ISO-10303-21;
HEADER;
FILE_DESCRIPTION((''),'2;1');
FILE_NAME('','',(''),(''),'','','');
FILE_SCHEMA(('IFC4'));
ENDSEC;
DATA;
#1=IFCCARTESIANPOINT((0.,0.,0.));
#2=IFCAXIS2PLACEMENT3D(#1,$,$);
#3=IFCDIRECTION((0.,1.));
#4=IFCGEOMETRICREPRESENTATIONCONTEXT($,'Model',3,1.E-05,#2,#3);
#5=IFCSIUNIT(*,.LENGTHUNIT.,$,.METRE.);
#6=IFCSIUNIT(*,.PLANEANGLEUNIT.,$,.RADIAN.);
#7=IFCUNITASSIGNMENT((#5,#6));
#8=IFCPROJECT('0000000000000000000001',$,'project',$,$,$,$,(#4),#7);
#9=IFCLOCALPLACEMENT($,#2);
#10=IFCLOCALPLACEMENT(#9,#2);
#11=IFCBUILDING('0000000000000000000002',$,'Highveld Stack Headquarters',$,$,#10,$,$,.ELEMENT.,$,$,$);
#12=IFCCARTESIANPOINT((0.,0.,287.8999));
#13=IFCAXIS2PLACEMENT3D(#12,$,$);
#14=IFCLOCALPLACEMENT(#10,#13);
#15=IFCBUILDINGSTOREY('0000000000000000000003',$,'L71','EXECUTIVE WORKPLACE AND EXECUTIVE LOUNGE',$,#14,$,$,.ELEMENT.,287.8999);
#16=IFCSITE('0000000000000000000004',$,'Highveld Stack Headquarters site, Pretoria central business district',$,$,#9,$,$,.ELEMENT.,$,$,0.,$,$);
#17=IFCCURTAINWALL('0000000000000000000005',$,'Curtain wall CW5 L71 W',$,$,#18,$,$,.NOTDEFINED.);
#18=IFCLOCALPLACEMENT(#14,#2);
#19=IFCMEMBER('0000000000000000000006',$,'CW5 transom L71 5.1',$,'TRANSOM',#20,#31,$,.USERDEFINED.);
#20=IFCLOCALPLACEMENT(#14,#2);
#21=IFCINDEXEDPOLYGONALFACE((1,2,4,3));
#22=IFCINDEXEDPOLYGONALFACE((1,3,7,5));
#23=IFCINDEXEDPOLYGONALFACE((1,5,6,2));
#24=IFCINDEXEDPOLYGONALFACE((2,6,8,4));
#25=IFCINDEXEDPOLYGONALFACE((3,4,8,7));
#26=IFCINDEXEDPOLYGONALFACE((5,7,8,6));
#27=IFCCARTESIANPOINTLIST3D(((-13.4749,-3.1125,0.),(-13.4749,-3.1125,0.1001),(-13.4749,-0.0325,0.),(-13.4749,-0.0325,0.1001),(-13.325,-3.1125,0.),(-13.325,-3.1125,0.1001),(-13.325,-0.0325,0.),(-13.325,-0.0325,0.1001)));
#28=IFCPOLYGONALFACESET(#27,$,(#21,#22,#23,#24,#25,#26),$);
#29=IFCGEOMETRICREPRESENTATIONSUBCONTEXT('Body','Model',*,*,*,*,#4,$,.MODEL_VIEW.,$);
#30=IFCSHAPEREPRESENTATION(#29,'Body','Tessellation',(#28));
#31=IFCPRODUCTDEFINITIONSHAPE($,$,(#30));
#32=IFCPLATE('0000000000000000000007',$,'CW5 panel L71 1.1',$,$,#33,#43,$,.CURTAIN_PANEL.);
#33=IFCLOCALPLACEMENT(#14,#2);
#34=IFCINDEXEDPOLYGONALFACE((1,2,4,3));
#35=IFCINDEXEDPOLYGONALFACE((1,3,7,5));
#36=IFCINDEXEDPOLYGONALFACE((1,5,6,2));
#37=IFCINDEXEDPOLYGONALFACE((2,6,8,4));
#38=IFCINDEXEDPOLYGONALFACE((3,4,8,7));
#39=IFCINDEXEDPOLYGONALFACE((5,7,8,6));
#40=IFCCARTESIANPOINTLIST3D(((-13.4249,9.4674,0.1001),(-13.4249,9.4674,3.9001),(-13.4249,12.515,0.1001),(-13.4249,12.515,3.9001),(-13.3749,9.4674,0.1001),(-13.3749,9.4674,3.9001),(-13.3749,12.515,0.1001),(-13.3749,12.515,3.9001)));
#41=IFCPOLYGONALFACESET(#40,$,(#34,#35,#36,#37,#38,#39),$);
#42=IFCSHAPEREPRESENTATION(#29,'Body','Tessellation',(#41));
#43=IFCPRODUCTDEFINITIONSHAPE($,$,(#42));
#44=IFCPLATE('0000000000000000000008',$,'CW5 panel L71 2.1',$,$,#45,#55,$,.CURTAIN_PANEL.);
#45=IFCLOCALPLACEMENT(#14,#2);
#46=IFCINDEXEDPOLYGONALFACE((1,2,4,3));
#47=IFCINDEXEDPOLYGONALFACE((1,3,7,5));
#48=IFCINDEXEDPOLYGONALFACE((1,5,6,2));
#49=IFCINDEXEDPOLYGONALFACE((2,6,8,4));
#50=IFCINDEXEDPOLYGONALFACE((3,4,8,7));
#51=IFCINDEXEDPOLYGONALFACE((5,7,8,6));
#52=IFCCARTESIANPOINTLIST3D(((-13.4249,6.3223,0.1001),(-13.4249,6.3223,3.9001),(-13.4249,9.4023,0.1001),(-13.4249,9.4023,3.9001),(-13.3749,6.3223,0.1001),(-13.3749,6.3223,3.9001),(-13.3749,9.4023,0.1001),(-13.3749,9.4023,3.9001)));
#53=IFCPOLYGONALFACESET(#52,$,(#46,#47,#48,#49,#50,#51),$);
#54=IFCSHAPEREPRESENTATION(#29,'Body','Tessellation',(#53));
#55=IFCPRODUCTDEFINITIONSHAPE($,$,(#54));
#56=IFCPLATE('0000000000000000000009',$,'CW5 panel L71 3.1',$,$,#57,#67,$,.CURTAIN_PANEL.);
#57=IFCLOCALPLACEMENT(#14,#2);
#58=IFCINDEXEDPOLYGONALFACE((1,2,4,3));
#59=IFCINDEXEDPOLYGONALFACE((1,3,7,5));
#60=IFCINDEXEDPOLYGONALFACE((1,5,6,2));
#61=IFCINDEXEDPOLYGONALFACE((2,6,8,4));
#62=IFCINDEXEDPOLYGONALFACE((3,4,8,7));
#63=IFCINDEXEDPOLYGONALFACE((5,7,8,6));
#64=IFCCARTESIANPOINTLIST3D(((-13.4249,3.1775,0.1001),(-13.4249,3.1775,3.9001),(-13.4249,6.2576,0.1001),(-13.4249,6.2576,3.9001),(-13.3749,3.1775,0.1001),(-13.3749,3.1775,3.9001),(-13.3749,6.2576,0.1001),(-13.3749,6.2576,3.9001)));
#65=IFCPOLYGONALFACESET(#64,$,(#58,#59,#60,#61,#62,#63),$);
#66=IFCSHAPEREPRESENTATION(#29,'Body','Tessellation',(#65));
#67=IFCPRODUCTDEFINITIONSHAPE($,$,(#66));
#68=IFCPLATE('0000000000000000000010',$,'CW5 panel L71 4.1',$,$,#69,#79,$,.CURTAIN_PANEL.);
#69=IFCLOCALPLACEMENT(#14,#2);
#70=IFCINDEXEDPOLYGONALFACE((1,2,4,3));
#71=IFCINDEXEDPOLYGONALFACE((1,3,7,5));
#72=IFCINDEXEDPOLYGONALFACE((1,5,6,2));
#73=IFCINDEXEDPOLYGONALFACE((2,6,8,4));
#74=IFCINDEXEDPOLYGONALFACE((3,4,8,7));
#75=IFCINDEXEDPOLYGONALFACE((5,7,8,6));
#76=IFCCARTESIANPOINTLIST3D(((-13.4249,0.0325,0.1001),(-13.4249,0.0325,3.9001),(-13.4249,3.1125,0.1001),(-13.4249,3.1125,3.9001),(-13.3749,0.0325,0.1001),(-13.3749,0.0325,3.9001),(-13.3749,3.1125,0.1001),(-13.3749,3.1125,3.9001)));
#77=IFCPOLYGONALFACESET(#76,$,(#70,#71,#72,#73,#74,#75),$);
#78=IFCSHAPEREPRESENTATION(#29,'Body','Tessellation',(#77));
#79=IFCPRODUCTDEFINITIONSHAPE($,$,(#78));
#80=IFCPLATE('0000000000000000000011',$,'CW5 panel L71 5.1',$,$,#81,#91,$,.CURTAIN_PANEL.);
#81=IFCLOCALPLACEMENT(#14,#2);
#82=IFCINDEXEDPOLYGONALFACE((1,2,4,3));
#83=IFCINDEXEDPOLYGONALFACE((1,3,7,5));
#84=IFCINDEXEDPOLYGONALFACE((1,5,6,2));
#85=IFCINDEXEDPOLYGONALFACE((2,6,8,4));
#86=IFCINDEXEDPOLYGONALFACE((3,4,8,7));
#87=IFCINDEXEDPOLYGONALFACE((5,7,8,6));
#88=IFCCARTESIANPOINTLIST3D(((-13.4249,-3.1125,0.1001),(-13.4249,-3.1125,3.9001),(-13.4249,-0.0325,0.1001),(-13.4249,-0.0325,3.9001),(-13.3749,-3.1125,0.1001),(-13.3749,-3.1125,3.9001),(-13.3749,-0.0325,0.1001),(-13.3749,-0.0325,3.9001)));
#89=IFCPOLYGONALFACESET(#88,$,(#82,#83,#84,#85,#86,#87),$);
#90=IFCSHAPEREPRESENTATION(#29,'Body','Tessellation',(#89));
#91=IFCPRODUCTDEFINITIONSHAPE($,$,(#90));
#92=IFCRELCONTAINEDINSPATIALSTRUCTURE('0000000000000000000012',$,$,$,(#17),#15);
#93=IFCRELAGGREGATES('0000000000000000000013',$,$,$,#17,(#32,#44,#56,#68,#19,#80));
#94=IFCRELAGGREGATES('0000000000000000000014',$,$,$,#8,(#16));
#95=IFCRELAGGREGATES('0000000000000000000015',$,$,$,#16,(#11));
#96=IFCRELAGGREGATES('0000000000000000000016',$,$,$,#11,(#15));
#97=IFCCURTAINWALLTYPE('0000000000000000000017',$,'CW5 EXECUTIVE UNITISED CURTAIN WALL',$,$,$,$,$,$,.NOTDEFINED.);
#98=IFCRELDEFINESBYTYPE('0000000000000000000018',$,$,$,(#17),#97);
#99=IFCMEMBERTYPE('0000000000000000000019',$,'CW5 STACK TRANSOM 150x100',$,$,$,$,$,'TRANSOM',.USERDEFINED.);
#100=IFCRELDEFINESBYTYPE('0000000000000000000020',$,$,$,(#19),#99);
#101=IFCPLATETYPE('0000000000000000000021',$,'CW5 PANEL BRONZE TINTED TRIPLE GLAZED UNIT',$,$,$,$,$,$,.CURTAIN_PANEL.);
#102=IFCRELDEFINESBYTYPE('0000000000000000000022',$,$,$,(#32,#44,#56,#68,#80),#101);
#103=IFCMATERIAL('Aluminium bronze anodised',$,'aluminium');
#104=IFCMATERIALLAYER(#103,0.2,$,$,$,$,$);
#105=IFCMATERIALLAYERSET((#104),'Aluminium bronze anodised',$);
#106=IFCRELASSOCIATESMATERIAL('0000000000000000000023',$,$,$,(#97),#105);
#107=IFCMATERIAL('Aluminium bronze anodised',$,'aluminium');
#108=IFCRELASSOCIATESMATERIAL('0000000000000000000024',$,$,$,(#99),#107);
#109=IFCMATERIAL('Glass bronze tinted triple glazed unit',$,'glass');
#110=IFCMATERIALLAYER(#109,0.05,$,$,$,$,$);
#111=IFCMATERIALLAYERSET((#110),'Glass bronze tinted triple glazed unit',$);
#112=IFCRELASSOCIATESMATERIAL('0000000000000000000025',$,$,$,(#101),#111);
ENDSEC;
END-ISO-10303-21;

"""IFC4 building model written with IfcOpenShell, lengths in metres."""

from ifc_helpers import new_model, si_unit, direction, frame, origin, origin_2d, place, context, subcontext, project, spatial, rectangle, extrude, material, layer, layer_set, material_profile, profile_set, type_object, element, aggregate, save


model = new_model("IFC4")

# Units and contexts
model_context = context("Model", 3, precision=1e-05, world=origin(), true_north=direction((0.0, 1.0)))
body_context = subcontext(model_context, "Body", "Model", "MODEL_VIEW")
ifc_project = project(units=[si_unit("LENGTHUNIT", "METRE"), si_unit("PLANEANGLEUNIT", "RADIAN")], contexts=[model_context])

# Site, building, storey
site_placement = place(None, origin())
site = spatial("IfcSite", under=ifc_project, at=site_placement, Name="Highveld Stack Headquarters site, Pretoria central business district", CompositionType="ELEMENT", RefElevation=0.0)
building_placement = place(site_placement, origin())
building = spatial("IfcBuilding", under=site, at=building_placement, Name="Highveld Stack Headquarters", CompositionType="ELEMENT")
storey_placement = place(building_placement, frame((0.0, 0.0, 287.8999)))
storey = spatial("IfcBuildingStorey", under=building, at=storey_placement, Name="L71", Description="EXECUTIVE WORKPLACE AND EXECUTIVE LOUNGE", CompositionType="ELEMENT", Elevation=287.8999)

# Curtain wall, member, plates
ifc_material_1 = material(Name="Aluminium bronze anodised", Category="aluminium")
ifc_layer_1 = layer(ifc_material_1, 0.2)
ifc_layer_set_1 = layer_set([ifc_layer_1], Name="Aluminium bronze anodised")
curtain_wall_type = type_object("IfcCurtainWallType", Name="CW5 EXECUTIVE UNITISED CURTAIN WALL", PredefinedType="NOTDEFINED", material=ifc_layer_set_1)
curtain_wall_placement = place(storey_placement, origin())
curtain_wall = element("IfcCurtainWall", 1, at=curtain_wall_placement, inside=storey, type_object=curtain_wall_type, Name="Curtain wall CW5 L71 W", PredefinedType="NOTDEFINED")
ifc_material_2 = material(Name="Aluminium bronze anodised", Category="aluminium")
ifc_material_profile_1 = material_profile(ifc_material_2, rectangle(XDim=0.1499, YDim=0.1001, at=origin_2d()), Name="CW5 TRANSOM 150x100")
ifc_profile_set_1 = profile_set([ifc_material_profile_1], Name="Aluminium bronze anodised")
member_type_1 = type_object("IfcMemberType", Name="CW5 STACK TRANSOM 150x100", ElementType="TRANSOM", PredefinedType="USERDEFINED", material=ifc_profile_set_1)
member_1_placement = place(storey_placement, frame((-13.3999, -0.0325, 0.05), z_axis=(0.0, -1.0, 0.0), x_axis=(1.0, 0.0, 0.0)))
member_1 = element("IfcMember", 2, at=member_1_placement, type_object=member_type_1, Name="CW5 transom L71 5.1", ObjectType="TRANSOM", PredefinedType="USERDEFINED", context=body_context, shape_type="SweptSolid", body=[
    extrude(rectangle(XDim=0.1499, YDim=0.1001, at=origin_2d()), origin(), (0.0, 0.0, 1.0), 3.0801),
])
ifc_material_3 = material(Name="Glass bronze tinted triple glazed unit", Category="glass")
ifc_layer_2 = layer(ifc_material_3, 0.05)
ifc_layer_set_2 = layer_set([ifc_layer_2], Name="Glass bronze tinted triple glazed unit")
plate_type = type_object("IfcPlateType", Name="CW5 PANEL BRONZE TINTED TRIPLE GLAZED UNIT", PredefinedType="CURTAIN_PANEL", material=ifc_layer_set_2)
plate_1_placement = place(storey_placement, frame((-13.3999, 10.9912, 0.1001), z_axis=(0.0, 0.0, 1.0), x_axis=(0.0, -1.0, 0.0)))
plate_1 = element("IfcPlate", 3, at=plate_1_placement, type_object=plate_type, Name="CW5 panel L71 1.1", PredefinedType="CURTAIN_PANEL", context=body_context, shape_type="SweptSolid", body=[
    extrude(rectangle(XDim=3.0476, YDim=0.05, at=origin_2d()), origin(), (0.0, 0.0, 1.0), 3.8),
])
plate_2_placement = place(storey_placement, frame((-13.3999, 7.8623, 0.1001), z_axis=(0.0, 0.0, 1.0), x_axis=(0.0, -1.0, 0.0)))
plate_2 = element("IfcPlate", 4, at=plate_2_placement, type_object=plate_type, Name="CW5 panel L71 2.1", PredefinedType="CURTAIN_PANEL", context=body_context, shape_type="SweptSolid", body=[
    extrude(rectangle(XDim=3.0801, YDim=0.05, at=origin_2d()), origin(), (0.0, 0.0, 1.0), 3.8),
])
plate_3_placement = place(storey_placement, frame((-13.3999, 4.7175, 0.1001), z_axis=(0.0, 0.0, 1.0), x_axis=(0.0, -1.0, 0.0)))
plate_3 = element("IfcPlate", 5, at=plate_3_placement, type_object=plate_type, Name="CW5 panel L71 3.1", PredefinedType="CURTAIN_PANEL", context=body_context, shape_type="SweptSolid", body=[
    extrude(rectangle(XDim=3.0801, YDim=0.05, at=origin_2d()), origin(), (0.0, 0.0, 1.0), 3.8),
])
plate_4_placement = place(storey_placement, frame((-13.3999, 1.5725, 0.1001), z_axis=(0.0, 0.0, 1.0), x_axis=(0.0, -1.0, 0.0)))
plate_4 = element("IfcPlate", 6, at=plate_4_placement, type_object=plate_type, Name="CW5 panel L71 4.1", PredefinedType="CURTAIN_PANEL", context=body_context, shape_type="SweptSolid", body=[
    extrude(rectangle(XDim=3.0801, YDim=0.05, at=origin_2d()), origin(), (0.0, 0.0, 1.0), 3.8),
])
plate_5_placement = place(storey_placement, frame((-13.3999, -1.5725, 0.1001), z_axis=(0.0, 0.0, 1.0), x_axis=(0.0, -1.0, 0.0)))
plate_5 = element("IfcPlate", 7, at=plate_5_placement, type_object=plate_type, Name="CW5 panel L71 5.1", PredefinedType="CURTAIN_PANEL", context=body_context, shape_type="SweptSolid", body=[
    extrude(rectangle(XDim=3.0801, YDim=0.05, at=origin_2d()), origin(), (0.0, 0.0, 1.0), 3.8),
])
aggregate(curtain_wall, [plate_1, plate_2, plate_3, plate_4, member_1, plate_5])

save(model, "model.ifc")
